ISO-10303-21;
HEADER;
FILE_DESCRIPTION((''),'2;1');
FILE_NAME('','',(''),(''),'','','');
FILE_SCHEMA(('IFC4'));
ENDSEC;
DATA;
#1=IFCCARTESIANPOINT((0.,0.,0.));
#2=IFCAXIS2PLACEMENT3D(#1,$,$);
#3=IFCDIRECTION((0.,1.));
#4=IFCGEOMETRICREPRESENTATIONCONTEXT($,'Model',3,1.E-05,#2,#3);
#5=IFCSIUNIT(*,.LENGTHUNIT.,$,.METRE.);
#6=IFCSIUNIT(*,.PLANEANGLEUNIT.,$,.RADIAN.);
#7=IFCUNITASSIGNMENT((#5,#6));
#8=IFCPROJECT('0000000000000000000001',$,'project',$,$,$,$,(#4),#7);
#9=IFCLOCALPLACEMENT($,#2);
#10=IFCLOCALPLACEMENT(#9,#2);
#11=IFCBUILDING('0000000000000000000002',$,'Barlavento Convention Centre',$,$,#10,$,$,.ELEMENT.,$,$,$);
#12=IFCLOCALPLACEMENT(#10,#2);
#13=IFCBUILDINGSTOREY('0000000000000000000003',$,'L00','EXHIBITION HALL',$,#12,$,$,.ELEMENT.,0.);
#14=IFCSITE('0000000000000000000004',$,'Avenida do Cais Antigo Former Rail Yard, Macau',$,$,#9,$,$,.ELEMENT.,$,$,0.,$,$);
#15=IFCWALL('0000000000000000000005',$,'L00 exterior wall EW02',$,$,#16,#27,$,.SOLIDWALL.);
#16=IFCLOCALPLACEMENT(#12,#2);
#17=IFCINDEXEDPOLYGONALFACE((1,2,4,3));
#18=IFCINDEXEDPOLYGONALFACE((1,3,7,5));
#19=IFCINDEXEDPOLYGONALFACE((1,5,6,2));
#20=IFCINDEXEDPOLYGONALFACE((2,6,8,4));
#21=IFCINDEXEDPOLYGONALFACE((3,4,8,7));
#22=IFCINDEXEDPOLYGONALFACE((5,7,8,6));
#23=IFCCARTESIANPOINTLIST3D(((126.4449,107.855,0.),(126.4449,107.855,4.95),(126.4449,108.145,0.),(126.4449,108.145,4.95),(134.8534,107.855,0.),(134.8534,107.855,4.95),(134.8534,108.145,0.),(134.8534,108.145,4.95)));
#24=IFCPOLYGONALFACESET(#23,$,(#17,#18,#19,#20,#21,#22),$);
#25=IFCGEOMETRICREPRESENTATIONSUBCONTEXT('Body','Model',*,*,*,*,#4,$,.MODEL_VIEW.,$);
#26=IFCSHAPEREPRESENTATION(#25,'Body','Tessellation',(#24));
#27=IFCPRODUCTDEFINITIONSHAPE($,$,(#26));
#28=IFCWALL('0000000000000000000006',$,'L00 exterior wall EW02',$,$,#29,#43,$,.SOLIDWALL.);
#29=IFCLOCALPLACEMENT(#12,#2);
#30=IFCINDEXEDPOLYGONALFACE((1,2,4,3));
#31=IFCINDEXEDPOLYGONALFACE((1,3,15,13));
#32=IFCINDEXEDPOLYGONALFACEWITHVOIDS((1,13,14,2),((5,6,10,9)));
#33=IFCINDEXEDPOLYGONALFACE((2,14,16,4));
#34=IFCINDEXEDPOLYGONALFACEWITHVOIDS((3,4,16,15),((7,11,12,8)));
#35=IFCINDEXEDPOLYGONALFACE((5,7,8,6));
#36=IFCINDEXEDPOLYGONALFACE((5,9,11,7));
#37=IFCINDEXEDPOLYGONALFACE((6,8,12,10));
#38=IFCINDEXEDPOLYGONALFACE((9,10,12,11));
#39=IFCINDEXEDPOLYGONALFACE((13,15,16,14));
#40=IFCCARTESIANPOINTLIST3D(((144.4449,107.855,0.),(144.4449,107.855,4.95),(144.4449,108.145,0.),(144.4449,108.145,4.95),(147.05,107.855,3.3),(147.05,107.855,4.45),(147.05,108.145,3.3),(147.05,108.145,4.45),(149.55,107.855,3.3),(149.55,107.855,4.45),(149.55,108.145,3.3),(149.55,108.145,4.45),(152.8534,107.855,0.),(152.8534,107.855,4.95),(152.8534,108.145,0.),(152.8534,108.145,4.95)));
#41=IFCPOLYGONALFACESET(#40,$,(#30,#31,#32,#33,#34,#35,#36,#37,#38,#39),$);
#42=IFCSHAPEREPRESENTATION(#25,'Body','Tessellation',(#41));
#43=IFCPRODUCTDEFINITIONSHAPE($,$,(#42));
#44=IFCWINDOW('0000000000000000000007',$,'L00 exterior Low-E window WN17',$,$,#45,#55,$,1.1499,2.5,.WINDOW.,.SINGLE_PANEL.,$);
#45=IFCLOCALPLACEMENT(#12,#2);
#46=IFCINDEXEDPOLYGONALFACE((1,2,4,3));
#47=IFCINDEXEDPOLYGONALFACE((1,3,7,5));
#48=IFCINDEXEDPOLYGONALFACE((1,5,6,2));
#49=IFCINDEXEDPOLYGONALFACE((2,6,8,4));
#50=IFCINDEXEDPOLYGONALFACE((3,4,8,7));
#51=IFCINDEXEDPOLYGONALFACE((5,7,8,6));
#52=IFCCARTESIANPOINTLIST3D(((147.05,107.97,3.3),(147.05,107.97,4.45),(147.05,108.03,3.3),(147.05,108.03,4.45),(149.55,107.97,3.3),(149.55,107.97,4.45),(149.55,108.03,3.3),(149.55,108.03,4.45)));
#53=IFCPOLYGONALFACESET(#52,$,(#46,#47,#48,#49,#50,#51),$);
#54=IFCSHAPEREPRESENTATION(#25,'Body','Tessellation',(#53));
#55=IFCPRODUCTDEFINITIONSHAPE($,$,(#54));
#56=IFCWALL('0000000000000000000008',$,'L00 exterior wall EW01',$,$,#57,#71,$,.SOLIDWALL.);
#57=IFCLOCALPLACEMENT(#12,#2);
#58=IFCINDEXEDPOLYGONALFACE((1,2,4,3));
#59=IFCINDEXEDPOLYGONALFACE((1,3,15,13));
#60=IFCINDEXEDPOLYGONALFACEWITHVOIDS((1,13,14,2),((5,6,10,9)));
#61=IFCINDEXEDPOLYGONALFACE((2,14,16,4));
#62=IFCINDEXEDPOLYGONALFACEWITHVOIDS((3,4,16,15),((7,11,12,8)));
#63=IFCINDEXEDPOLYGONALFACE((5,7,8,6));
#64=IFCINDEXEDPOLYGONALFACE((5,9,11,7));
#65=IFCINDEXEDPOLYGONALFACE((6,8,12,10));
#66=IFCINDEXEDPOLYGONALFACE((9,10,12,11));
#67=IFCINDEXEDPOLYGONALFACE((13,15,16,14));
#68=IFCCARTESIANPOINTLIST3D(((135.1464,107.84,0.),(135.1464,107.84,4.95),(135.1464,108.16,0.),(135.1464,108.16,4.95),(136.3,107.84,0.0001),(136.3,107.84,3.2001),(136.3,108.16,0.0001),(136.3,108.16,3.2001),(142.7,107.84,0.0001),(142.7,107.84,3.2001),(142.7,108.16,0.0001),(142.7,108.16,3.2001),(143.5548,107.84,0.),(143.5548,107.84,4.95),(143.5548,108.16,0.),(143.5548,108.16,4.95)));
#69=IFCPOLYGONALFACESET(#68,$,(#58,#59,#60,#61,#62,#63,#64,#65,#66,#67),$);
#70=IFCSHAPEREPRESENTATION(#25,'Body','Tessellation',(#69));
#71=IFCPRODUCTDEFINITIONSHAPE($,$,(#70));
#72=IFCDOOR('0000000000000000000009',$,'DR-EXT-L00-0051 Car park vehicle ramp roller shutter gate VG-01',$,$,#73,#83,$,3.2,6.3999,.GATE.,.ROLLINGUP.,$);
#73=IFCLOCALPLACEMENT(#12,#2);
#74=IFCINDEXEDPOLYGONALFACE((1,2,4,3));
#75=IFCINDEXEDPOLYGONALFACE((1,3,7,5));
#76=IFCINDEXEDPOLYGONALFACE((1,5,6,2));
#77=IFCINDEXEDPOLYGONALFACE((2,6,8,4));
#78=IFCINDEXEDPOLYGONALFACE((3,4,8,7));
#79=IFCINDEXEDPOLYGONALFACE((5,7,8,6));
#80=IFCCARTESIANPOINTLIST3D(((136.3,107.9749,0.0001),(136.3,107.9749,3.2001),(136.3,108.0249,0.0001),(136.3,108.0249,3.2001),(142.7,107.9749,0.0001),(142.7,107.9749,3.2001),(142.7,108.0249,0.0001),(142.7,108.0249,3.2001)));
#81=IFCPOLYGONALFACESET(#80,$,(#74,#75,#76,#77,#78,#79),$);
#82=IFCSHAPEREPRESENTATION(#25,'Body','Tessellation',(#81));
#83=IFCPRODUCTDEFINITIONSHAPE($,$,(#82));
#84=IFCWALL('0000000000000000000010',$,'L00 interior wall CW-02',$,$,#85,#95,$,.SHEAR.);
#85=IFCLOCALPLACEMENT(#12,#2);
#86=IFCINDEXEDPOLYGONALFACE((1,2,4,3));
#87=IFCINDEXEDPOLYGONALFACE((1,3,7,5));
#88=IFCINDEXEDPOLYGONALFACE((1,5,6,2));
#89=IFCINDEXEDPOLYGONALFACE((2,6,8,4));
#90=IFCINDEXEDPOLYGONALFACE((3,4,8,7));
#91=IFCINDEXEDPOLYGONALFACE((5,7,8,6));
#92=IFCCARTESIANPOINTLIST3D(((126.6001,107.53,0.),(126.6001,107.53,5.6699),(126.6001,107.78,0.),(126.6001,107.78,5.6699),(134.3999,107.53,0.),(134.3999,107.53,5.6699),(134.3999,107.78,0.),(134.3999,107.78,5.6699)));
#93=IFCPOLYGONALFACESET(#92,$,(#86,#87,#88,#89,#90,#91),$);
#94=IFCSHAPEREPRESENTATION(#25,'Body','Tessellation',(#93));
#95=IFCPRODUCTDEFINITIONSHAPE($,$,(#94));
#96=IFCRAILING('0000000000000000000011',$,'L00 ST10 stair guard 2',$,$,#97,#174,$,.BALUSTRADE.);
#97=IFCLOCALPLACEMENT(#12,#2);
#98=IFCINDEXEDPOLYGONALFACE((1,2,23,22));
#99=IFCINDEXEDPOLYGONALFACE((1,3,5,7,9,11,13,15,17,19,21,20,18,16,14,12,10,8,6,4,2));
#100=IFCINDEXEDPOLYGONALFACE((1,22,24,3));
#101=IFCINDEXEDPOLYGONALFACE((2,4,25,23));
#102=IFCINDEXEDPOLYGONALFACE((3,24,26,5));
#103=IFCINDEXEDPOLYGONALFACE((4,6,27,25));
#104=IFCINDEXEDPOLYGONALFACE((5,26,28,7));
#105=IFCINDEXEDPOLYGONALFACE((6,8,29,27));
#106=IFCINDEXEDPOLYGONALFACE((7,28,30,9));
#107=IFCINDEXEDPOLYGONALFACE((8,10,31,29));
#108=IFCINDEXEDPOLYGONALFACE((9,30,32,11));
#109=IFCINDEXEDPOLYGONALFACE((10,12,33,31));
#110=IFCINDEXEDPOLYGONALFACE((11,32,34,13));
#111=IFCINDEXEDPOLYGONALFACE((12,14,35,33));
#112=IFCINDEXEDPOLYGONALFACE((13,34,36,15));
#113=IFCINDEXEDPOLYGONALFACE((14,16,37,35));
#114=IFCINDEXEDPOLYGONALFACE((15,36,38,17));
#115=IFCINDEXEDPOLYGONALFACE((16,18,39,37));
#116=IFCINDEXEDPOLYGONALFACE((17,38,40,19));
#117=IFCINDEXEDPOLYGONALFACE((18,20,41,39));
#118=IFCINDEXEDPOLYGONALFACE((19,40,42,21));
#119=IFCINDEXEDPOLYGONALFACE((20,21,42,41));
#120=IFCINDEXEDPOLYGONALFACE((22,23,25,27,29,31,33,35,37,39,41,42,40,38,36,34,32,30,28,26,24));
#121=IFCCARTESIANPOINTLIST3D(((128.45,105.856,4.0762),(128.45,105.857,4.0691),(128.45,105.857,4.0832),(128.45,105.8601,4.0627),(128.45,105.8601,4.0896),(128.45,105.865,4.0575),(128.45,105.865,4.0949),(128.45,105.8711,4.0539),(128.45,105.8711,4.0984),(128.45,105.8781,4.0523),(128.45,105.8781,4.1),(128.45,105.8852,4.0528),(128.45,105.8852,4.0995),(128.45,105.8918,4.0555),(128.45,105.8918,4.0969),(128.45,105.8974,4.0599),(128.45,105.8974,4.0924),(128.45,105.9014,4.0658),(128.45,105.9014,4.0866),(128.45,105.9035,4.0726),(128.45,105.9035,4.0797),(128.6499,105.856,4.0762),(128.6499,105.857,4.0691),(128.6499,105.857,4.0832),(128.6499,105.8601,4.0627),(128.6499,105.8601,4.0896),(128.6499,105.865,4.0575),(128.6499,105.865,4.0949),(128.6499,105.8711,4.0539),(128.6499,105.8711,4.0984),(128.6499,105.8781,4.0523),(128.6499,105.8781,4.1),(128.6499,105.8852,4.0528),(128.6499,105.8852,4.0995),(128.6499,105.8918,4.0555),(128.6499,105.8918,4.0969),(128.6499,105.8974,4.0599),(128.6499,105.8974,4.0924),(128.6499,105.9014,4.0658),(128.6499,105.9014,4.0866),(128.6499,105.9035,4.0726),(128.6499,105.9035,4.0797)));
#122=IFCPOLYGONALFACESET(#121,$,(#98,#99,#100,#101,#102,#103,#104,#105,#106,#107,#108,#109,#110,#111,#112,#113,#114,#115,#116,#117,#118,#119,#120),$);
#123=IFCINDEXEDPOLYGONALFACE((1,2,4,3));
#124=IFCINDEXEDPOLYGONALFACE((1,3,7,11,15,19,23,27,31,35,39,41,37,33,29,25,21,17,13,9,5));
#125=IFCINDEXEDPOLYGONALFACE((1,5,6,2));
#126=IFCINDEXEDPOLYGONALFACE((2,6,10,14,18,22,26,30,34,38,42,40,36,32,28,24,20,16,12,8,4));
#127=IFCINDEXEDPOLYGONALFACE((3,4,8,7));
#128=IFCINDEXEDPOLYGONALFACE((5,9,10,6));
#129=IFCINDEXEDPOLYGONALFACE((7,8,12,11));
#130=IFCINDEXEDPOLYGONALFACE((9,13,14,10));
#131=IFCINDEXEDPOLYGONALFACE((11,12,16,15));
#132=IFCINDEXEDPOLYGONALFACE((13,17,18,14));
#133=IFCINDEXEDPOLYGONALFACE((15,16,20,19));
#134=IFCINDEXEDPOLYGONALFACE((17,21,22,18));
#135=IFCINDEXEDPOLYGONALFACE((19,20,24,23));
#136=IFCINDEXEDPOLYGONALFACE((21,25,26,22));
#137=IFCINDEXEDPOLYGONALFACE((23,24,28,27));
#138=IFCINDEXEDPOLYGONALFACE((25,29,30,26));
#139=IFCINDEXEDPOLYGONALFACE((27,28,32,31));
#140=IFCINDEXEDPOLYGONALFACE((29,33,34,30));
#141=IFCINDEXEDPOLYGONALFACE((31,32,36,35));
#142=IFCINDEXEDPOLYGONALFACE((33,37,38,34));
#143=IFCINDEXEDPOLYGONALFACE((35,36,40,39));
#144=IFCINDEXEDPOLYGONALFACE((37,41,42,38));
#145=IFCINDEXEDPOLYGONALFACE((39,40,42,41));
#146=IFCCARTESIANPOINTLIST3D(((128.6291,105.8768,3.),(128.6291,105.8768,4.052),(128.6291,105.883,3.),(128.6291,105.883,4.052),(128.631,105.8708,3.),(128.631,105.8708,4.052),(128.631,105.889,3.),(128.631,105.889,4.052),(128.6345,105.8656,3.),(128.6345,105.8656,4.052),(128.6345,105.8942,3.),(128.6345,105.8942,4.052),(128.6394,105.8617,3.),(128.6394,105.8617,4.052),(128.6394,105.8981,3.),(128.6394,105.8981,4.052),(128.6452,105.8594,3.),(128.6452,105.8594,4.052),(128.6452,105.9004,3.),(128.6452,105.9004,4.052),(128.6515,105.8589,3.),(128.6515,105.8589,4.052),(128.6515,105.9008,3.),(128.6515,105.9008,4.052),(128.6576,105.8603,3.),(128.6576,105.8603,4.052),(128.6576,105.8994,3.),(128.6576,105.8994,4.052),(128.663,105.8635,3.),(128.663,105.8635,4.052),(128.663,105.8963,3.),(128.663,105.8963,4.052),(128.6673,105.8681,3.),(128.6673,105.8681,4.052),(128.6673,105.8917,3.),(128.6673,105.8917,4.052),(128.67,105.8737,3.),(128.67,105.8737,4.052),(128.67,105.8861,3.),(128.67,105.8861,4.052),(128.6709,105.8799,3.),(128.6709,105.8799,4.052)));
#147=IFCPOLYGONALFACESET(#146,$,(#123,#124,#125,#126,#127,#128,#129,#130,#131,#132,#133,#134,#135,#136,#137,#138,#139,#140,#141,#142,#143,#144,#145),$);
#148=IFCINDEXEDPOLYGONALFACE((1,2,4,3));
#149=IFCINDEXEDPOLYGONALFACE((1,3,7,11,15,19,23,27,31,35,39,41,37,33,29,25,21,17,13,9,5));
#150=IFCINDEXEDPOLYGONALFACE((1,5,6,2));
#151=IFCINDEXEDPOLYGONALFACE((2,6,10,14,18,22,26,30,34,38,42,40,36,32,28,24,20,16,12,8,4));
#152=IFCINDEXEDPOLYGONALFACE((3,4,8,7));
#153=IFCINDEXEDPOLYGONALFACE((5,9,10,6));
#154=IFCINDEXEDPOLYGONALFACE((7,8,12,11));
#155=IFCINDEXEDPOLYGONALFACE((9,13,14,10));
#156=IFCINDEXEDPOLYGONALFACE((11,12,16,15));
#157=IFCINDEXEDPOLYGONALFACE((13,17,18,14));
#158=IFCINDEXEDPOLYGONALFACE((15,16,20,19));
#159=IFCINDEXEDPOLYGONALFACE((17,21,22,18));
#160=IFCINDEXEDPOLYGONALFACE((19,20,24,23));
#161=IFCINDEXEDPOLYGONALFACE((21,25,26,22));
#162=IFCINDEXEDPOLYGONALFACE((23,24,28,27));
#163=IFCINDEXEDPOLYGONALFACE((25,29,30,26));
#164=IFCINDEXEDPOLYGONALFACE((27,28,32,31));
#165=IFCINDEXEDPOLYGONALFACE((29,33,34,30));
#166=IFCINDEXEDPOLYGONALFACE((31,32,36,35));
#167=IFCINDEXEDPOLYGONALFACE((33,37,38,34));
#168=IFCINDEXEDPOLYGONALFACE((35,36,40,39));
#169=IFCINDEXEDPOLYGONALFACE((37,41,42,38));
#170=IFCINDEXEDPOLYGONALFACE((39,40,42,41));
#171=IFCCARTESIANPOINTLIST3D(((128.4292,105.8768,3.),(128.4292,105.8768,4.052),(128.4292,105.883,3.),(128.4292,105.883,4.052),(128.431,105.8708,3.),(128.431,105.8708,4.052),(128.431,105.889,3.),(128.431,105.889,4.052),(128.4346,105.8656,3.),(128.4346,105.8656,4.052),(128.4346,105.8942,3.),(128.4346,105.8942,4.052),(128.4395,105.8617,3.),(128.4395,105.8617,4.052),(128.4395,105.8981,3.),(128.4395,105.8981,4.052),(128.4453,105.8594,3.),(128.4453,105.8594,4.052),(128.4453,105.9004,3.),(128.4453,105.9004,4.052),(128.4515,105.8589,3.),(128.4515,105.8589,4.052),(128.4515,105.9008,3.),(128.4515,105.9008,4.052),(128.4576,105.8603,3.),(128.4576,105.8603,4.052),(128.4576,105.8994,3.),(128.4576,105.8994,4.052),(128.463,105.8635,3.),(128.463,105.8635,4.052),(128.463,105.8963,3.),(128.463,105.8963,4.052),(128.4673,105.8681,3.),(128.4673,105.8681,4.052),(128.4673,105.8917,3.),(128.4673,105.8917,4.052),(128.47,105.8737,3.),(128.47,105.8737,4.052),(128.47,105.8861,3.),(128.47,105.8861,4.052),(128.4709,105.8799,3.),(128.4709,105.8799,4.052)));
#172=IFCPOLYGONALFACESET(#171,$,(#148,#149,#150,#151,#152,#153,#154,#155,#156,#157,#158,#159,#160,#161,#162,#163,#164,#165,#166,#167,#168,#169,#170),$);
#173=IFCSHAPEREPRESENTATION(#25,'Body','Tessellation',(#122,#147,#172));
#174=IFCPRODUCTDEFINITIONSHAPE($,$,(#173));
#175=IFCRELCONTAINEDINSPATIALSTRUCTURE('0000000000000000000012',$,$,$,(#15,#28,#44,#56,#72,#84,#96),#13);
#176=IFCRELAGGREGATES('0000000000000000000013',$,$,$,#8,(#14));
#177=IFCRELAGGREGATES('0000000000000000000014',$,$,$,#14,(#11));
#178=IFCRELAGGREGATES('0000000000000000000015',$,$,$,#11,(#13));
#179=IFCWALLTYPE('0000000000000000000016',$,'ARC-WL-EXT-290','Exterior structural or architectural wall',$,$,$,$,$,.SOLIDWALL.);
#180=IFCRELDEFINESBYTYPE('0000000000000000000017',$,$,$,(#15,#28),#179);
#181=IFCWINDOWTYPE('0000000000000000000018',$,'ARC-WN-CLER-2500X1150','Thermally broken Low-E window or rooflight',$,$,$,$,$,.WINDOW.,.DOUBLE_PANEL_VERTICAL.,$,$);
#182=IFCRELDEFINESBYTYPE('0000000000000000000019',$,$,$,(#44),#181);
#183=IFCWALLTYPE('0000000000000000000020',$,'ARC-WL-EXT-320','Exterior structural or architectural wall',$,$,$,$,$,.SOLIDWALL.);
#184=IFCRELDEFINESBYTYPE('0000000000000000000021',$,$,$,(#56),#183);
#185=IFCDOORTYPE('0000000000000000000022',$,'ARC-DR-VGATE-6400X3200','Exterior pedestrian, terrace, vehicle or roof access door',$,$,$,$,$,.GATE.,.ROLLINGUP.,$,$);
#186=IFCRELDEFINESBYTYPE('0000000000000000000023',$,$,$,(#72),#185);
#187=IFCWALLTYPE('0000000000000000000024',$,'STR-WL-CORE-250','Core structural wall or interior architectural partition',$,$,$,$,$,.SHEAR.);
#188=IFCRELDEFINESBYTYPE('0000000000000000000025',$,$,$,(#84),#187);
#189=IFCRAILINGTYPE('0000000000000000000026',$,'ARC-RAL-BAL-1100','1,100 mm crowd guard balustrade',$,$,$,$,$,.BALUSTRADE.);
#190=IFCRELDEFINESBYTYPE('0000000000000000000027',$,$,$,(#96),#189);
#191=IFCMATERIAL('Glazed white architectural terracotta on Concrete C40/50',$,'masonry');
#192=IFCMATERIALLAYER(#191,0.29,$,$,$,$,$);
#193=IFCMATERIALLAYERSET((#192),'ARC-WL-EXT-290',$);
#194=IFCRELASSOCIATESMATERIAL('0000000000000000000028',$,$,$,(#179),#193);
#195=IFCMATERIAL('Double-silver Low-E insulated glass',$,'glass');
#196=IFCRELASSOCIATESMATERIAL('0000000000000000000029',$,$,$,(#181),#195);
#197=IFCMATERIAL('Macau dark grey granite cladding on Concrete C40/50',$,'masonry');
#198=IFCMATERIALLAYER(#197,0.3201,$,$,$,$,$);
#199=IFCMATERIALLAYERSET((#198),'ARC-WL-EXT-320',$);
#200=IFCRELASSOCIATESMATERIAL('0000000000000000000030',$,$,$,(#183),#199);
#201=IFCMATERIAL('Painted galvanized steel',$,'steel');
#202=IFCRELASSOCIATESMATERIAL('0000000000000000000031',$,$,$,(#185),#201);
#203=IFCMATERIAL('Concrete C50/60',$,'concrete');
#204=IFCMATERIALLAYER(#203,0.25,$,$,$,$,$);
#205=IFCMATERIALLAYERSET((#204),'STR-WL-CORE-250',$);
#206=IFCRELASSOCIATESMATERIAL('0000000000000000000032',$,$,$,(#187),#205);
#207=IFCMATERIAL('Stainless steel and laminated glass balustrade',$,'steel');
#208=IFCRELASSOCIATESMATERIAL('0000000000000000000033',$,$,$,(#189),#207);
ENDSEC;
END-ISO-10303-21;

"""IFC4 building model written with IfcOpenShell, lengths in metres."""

from ifc_helpers import new_model, si_unit, direction, frame, frame_2d, origin, origin_2d, place, context, subcontext, project, spatial, rectangle, circle, extrude, material, layer, layer_set, type_object, element, fill, save


model = new_model("IFC4")

# Units and contexts
model_context = context("Model", 3, precision=1e-05, world=origin(), true_north=direction((0.0, 1.0)))
body_context = subcontext(model_context, "Body", "Model", "MODEL_VIEW")
ifc_project = project(units=[si_unit("LENGTHUNIT", "METRE"), si_unit("PLANEANGLEUNIT", "RADIAN")], contexts=[model_context])

# Site, building, storey
site_placement = place(None, origin())
site = spatial("IfcSite", under=ifc_project, at=site_placement, Name="Avenida do Cais Antigo Former Rail Yard, Macau", CompositionType="ELEMENT", RefElevation=0.0)
building_placement = place(site_placement, origin())
building = spatial("IfcBuilding", under=site, at=building_placement, Name="Barlavento Convention Centre", CompositionType="ELEMENT")
storey_placement = place(building_placement, origin())
storey = spatial("IfcBuildingStorey", under=building, at=storey_placement, Name="L00", Description="EXHIBITION HALL", CompositionType="ELEMENT", Elevation=0.0)

# Shared definitions
ifc_material_1 = material(Name="Concrete C50/60", Category="concrete")

# Wall
ifc_material_2 = material(Name="Glazed white architectural terracotta on Concrete C40/50", Category="masonry")
ifc_layer_1 = layer(ifc_material_2, 0.29)
ifc_layer_set_1 = layer_set([ifc_layer_1], Name="ARC-WL-EXT-290")
wall_type_1 = type_object("IfcWallType", Name="ARC-WL-EXT-290", Description="Exterior structural or architectural wall", PredefinedType="SOLIDWALL", material=ifc_layer_set_1)
wall_1_placement = place(storey_placement, frame((126.4451, 108.0, 0.0), z_axis=(0.0, 0.0, 1.0), x_axis=(1.0, 0.0, 0.0)))
element("IfcWall", 1, at=wall_1_placement, inside=storey, type_object=wall_type_1, Name="L00 exterior wall EW02", PredefinedType="SOLIDWALL", context=body_context, shape_type="SweptSolid", body=[
    extrude(rectangle(XDim=8.4084, YDim=0.29, at=frame_2d((4.2041, 0.0))), origin(), (0.0, 0.0, 1.0), 4.95),
])

# Wall, opening, window
wall_2_placement = place(storey_placement, frame((144.4451, 108.0, 0.0), z_axis=(0.0, 0.0, 1.0), x_axis=(1.0, 0.0, 0.0)))
wall_2 = element("IfcWall", 2, at=wall_2_placement, inside=storey, type_object=wall_type_1, Name="L00 exterior wall EW02", PredefinedType="SOLIDWALL", context=body_context, shape_type="SweptSolid", body=[
    extrude(rectangle(XDim=8.4084, YDim=0.29, at=frame_2d((4.2041, 0.0))), origin(), (0.0, 0.0, 1.0), 4.95),
])
opening_1_placement = place(wall_2_placement, frame((2.605, 0.0, 3.3)))
opening_1 = element("IfcOpeningElement", 3, at=opening_1_placement, cuts=wall_2, PredefinedType="OPENING", context=body_context, shape_type="SweptSolid", body=[
    extrude(rectangle(XDim=2.5, YDim=1.1499, at=frame_2d((1.25, 0.575))), frame((0.0, 0.155, 0.0), z_axis=(0.0, -1.0, 0.0), x_axis=(1.0, 0.0, 0.0)), (0.0, 0.0, 1.0), 0.3101),
])
ifc_material_3 = material(Name="Double-silver Low-E insulated glass", Category="glass")
window_type = type_object("IfcWindowType", Name="ARC-WN-CLER-2500X1150", Description="Thermally broken Low-E window or rooflight", PartitioningType="DOUBLE_PANEL_VERTICAL", PredefinedType="WINDOW", material=ifc_material_3)
window_placement = place(opening_1_placement, origin())
window = element("IfcWindow", 4, at=window_placement, inside=storey, type_object=window_type, Name="L00 exterior Low-E window WN17", OverallHeight=1.1499, OverallWidth=2.5, PartitioningType="SINGLE_PANEL", PredefinedType="WINDOW", context=body_context, shape_type="SweptSolid", body=[
    extrude(rectangle(XDim=2.5, YDim=1.1499, at=frame_2d((1.25, 0.575))), frame((0.0, 0.03, 0.0), z_axis=(0.0, -1.0, 0.0), x_axis=(1.0, 0.0, 0.0)), (0.0, 0.0, 1.0), 0.0601),
])
fill(opening_1, window)

# Wall, opening, door
ifc_material_4 = material(Name="Macau dark grey granite cladding on Concrete C40/50", Category="masonry")
ifc_layer_2 = layer(ifc_material_4, 0.3201)
ifc_layer_set_2 = layer_set([ifc_layer_2], Name="ARC-WL-EXT-320")
wall_type_2 = type_object("IfcWallType", Name="ARC-WL-EXT-320", Description="Exterior structural or architectural wall", PredefinedType="SOLIDWALL", material=ifc_layer_set_2)
wall_3_placement = place(storey_placement, frame((135.1465, 108.0, 0.0), z_axis=(0.0, 0.0, 1.0), x_axis=(1.0, 0.0, 0.0)))
wall_3 = element("IfcWall", 5, at=wall_3_placement, inside=storey, type_object=wall_type_2, Name="L00 exterior wall EW01", PredefinedType="SOLIDWALL", context=body_context, shape_type="SweptSolid", body=[
    extrude(rectangle(XDim=8.4084, YDim=0.3201, at=frame_2d((4.2041, 0.0))), origin(), (0.0, 0.0, 1.0), 4.95),
])
opening_2_placement = place(wall_3_placement, frame((1.1536, 0.0, 0.0)))
opening_2 = element("IfcOpeningElement", 6, at=opening_2_placement, cuts=wall_3, PredefinedType="OPENING", context=body_context, shape_type="SweptSolid", body=[
    extrude(rectangle(XDim=6.3999, YDim=3.2, at=frame_2d((3.2, 1.6001))), frame((0.0, 0.1699, 0.0), z_axis=(0.0, -1.0, 0.0), x_axis=(1.0, 0.0, 0.0)), (0.0, 0.0, 1.0), 0.3401),
])
ifc_material_5 = material(Name="Painted galvanized steel", Category="steel")
door_type = type_object("IfcDoorType", Name="ARC-DR-VGATE-6400X3200", Description="Exterior pedestrian, terrace, vehicle or roof access door", OperationType="ROLLINGUP", PredefinedType="GATE", material=ifc_material_5)
door_placement = place(opening_2_placement, origin())
door = element("IfcDoor", 7, at=door_placement, inside=storey, type_object=door_type, Name="DR-EXT-L00-0051 Car park vehicle ramp roller shutter gate VG-01", OperationType="ROLLINGUP", OverallHeight=3.2, OverallWidth=6.3999, PredefinedType="GATE", context=body_context, shape_type="SweptSolid", body=[
    extrude(rectangle(XDim=6.3999, YDim=3.2, at=frame_2d((3.2, 1.6001))), frame((0.0, 0.0249, 0.0), z_axis=(0.0, -1.0, 0.0), x_axis=(1.0, 0.0, 0.0)), (0.0, 0.0, 1.0), 0.05),
])
fill(opening_2, door)

# Wall
ifc_layer_3 = layer(ifc_material_1, 0.25)
ifc_layer_set_3 = layer_set([ifc_layer_3], Name="STR-WL-CORE-250")
wall_type_3 = type_object("IfcWallType", Name="STR-WL-CORE-250", Description="Core structural wall or interior architectural partition", PredefinedType="SHEAR", material=ifc_layer_set_3)
wall_4_placement = place(storey_placement, frame((126.6001, 107.655, 0.0), z_axis=(0.0, 0.0, 1.0), x_axis=(1.0, 0.0, 0.0)))
element("IfcWall", 8, at=wall_4_placement, inside=storey, type_object=wall_type_3, Name="L00 interior wall CW-02", PredefinedType="SHEAR", context=body_context, shape_type="SweptSolid", body=[
    extrude(rectangle(XDim=7.7998, YDim=0.25, at=frame_2d((3.8999, 0.0))), origin(), (0.0, 0.0, 1.0), 5.6699),
])

# Railing
ifc_material_6 = material(Name="Stainless steel and laminated glass balustrade", Category="steel")
railing_type = type_object("IfcRailingType", Name="ARC-RAL-BAL-1100", Description="1,100 mm crowd guard balustrade", PredefinedType="BALUSTRADE", material=ifc_material_6)
railing_1_placement = place(storey_placement, frame((128.6499, 105.8799, 3.0)))
element("IfcRailing", 9, at=railing_1_placement, inside=storey, type_object=railing_type, Name="L00 ST10 stair guard 2", PredefinedType="BALUSTRADE", context=body_context, shape_type="SweptSolid", body=[
    extrude(circle(Radius=0.0239, at=origin_2d()), frame((0.0, 0.0, 1.0762), z_axis=(-1.0, 0.0, 0.0), x_axis=(0.0, -1.0, 0.0)), (0.0, 0.0, 1.0), 0.2),
    extrude(circle(Radius=0.021, at=origin_2d()), origin(), (0.0, 0.0, 1.0), 1.052),
    extrude(circle(Radius=0.021, at=origin_2d()), frame((-0.2, 0.0, 0.0)), (0.0, 0.0, 1.0), 1.052),
])

save(model, "model.ifc")
